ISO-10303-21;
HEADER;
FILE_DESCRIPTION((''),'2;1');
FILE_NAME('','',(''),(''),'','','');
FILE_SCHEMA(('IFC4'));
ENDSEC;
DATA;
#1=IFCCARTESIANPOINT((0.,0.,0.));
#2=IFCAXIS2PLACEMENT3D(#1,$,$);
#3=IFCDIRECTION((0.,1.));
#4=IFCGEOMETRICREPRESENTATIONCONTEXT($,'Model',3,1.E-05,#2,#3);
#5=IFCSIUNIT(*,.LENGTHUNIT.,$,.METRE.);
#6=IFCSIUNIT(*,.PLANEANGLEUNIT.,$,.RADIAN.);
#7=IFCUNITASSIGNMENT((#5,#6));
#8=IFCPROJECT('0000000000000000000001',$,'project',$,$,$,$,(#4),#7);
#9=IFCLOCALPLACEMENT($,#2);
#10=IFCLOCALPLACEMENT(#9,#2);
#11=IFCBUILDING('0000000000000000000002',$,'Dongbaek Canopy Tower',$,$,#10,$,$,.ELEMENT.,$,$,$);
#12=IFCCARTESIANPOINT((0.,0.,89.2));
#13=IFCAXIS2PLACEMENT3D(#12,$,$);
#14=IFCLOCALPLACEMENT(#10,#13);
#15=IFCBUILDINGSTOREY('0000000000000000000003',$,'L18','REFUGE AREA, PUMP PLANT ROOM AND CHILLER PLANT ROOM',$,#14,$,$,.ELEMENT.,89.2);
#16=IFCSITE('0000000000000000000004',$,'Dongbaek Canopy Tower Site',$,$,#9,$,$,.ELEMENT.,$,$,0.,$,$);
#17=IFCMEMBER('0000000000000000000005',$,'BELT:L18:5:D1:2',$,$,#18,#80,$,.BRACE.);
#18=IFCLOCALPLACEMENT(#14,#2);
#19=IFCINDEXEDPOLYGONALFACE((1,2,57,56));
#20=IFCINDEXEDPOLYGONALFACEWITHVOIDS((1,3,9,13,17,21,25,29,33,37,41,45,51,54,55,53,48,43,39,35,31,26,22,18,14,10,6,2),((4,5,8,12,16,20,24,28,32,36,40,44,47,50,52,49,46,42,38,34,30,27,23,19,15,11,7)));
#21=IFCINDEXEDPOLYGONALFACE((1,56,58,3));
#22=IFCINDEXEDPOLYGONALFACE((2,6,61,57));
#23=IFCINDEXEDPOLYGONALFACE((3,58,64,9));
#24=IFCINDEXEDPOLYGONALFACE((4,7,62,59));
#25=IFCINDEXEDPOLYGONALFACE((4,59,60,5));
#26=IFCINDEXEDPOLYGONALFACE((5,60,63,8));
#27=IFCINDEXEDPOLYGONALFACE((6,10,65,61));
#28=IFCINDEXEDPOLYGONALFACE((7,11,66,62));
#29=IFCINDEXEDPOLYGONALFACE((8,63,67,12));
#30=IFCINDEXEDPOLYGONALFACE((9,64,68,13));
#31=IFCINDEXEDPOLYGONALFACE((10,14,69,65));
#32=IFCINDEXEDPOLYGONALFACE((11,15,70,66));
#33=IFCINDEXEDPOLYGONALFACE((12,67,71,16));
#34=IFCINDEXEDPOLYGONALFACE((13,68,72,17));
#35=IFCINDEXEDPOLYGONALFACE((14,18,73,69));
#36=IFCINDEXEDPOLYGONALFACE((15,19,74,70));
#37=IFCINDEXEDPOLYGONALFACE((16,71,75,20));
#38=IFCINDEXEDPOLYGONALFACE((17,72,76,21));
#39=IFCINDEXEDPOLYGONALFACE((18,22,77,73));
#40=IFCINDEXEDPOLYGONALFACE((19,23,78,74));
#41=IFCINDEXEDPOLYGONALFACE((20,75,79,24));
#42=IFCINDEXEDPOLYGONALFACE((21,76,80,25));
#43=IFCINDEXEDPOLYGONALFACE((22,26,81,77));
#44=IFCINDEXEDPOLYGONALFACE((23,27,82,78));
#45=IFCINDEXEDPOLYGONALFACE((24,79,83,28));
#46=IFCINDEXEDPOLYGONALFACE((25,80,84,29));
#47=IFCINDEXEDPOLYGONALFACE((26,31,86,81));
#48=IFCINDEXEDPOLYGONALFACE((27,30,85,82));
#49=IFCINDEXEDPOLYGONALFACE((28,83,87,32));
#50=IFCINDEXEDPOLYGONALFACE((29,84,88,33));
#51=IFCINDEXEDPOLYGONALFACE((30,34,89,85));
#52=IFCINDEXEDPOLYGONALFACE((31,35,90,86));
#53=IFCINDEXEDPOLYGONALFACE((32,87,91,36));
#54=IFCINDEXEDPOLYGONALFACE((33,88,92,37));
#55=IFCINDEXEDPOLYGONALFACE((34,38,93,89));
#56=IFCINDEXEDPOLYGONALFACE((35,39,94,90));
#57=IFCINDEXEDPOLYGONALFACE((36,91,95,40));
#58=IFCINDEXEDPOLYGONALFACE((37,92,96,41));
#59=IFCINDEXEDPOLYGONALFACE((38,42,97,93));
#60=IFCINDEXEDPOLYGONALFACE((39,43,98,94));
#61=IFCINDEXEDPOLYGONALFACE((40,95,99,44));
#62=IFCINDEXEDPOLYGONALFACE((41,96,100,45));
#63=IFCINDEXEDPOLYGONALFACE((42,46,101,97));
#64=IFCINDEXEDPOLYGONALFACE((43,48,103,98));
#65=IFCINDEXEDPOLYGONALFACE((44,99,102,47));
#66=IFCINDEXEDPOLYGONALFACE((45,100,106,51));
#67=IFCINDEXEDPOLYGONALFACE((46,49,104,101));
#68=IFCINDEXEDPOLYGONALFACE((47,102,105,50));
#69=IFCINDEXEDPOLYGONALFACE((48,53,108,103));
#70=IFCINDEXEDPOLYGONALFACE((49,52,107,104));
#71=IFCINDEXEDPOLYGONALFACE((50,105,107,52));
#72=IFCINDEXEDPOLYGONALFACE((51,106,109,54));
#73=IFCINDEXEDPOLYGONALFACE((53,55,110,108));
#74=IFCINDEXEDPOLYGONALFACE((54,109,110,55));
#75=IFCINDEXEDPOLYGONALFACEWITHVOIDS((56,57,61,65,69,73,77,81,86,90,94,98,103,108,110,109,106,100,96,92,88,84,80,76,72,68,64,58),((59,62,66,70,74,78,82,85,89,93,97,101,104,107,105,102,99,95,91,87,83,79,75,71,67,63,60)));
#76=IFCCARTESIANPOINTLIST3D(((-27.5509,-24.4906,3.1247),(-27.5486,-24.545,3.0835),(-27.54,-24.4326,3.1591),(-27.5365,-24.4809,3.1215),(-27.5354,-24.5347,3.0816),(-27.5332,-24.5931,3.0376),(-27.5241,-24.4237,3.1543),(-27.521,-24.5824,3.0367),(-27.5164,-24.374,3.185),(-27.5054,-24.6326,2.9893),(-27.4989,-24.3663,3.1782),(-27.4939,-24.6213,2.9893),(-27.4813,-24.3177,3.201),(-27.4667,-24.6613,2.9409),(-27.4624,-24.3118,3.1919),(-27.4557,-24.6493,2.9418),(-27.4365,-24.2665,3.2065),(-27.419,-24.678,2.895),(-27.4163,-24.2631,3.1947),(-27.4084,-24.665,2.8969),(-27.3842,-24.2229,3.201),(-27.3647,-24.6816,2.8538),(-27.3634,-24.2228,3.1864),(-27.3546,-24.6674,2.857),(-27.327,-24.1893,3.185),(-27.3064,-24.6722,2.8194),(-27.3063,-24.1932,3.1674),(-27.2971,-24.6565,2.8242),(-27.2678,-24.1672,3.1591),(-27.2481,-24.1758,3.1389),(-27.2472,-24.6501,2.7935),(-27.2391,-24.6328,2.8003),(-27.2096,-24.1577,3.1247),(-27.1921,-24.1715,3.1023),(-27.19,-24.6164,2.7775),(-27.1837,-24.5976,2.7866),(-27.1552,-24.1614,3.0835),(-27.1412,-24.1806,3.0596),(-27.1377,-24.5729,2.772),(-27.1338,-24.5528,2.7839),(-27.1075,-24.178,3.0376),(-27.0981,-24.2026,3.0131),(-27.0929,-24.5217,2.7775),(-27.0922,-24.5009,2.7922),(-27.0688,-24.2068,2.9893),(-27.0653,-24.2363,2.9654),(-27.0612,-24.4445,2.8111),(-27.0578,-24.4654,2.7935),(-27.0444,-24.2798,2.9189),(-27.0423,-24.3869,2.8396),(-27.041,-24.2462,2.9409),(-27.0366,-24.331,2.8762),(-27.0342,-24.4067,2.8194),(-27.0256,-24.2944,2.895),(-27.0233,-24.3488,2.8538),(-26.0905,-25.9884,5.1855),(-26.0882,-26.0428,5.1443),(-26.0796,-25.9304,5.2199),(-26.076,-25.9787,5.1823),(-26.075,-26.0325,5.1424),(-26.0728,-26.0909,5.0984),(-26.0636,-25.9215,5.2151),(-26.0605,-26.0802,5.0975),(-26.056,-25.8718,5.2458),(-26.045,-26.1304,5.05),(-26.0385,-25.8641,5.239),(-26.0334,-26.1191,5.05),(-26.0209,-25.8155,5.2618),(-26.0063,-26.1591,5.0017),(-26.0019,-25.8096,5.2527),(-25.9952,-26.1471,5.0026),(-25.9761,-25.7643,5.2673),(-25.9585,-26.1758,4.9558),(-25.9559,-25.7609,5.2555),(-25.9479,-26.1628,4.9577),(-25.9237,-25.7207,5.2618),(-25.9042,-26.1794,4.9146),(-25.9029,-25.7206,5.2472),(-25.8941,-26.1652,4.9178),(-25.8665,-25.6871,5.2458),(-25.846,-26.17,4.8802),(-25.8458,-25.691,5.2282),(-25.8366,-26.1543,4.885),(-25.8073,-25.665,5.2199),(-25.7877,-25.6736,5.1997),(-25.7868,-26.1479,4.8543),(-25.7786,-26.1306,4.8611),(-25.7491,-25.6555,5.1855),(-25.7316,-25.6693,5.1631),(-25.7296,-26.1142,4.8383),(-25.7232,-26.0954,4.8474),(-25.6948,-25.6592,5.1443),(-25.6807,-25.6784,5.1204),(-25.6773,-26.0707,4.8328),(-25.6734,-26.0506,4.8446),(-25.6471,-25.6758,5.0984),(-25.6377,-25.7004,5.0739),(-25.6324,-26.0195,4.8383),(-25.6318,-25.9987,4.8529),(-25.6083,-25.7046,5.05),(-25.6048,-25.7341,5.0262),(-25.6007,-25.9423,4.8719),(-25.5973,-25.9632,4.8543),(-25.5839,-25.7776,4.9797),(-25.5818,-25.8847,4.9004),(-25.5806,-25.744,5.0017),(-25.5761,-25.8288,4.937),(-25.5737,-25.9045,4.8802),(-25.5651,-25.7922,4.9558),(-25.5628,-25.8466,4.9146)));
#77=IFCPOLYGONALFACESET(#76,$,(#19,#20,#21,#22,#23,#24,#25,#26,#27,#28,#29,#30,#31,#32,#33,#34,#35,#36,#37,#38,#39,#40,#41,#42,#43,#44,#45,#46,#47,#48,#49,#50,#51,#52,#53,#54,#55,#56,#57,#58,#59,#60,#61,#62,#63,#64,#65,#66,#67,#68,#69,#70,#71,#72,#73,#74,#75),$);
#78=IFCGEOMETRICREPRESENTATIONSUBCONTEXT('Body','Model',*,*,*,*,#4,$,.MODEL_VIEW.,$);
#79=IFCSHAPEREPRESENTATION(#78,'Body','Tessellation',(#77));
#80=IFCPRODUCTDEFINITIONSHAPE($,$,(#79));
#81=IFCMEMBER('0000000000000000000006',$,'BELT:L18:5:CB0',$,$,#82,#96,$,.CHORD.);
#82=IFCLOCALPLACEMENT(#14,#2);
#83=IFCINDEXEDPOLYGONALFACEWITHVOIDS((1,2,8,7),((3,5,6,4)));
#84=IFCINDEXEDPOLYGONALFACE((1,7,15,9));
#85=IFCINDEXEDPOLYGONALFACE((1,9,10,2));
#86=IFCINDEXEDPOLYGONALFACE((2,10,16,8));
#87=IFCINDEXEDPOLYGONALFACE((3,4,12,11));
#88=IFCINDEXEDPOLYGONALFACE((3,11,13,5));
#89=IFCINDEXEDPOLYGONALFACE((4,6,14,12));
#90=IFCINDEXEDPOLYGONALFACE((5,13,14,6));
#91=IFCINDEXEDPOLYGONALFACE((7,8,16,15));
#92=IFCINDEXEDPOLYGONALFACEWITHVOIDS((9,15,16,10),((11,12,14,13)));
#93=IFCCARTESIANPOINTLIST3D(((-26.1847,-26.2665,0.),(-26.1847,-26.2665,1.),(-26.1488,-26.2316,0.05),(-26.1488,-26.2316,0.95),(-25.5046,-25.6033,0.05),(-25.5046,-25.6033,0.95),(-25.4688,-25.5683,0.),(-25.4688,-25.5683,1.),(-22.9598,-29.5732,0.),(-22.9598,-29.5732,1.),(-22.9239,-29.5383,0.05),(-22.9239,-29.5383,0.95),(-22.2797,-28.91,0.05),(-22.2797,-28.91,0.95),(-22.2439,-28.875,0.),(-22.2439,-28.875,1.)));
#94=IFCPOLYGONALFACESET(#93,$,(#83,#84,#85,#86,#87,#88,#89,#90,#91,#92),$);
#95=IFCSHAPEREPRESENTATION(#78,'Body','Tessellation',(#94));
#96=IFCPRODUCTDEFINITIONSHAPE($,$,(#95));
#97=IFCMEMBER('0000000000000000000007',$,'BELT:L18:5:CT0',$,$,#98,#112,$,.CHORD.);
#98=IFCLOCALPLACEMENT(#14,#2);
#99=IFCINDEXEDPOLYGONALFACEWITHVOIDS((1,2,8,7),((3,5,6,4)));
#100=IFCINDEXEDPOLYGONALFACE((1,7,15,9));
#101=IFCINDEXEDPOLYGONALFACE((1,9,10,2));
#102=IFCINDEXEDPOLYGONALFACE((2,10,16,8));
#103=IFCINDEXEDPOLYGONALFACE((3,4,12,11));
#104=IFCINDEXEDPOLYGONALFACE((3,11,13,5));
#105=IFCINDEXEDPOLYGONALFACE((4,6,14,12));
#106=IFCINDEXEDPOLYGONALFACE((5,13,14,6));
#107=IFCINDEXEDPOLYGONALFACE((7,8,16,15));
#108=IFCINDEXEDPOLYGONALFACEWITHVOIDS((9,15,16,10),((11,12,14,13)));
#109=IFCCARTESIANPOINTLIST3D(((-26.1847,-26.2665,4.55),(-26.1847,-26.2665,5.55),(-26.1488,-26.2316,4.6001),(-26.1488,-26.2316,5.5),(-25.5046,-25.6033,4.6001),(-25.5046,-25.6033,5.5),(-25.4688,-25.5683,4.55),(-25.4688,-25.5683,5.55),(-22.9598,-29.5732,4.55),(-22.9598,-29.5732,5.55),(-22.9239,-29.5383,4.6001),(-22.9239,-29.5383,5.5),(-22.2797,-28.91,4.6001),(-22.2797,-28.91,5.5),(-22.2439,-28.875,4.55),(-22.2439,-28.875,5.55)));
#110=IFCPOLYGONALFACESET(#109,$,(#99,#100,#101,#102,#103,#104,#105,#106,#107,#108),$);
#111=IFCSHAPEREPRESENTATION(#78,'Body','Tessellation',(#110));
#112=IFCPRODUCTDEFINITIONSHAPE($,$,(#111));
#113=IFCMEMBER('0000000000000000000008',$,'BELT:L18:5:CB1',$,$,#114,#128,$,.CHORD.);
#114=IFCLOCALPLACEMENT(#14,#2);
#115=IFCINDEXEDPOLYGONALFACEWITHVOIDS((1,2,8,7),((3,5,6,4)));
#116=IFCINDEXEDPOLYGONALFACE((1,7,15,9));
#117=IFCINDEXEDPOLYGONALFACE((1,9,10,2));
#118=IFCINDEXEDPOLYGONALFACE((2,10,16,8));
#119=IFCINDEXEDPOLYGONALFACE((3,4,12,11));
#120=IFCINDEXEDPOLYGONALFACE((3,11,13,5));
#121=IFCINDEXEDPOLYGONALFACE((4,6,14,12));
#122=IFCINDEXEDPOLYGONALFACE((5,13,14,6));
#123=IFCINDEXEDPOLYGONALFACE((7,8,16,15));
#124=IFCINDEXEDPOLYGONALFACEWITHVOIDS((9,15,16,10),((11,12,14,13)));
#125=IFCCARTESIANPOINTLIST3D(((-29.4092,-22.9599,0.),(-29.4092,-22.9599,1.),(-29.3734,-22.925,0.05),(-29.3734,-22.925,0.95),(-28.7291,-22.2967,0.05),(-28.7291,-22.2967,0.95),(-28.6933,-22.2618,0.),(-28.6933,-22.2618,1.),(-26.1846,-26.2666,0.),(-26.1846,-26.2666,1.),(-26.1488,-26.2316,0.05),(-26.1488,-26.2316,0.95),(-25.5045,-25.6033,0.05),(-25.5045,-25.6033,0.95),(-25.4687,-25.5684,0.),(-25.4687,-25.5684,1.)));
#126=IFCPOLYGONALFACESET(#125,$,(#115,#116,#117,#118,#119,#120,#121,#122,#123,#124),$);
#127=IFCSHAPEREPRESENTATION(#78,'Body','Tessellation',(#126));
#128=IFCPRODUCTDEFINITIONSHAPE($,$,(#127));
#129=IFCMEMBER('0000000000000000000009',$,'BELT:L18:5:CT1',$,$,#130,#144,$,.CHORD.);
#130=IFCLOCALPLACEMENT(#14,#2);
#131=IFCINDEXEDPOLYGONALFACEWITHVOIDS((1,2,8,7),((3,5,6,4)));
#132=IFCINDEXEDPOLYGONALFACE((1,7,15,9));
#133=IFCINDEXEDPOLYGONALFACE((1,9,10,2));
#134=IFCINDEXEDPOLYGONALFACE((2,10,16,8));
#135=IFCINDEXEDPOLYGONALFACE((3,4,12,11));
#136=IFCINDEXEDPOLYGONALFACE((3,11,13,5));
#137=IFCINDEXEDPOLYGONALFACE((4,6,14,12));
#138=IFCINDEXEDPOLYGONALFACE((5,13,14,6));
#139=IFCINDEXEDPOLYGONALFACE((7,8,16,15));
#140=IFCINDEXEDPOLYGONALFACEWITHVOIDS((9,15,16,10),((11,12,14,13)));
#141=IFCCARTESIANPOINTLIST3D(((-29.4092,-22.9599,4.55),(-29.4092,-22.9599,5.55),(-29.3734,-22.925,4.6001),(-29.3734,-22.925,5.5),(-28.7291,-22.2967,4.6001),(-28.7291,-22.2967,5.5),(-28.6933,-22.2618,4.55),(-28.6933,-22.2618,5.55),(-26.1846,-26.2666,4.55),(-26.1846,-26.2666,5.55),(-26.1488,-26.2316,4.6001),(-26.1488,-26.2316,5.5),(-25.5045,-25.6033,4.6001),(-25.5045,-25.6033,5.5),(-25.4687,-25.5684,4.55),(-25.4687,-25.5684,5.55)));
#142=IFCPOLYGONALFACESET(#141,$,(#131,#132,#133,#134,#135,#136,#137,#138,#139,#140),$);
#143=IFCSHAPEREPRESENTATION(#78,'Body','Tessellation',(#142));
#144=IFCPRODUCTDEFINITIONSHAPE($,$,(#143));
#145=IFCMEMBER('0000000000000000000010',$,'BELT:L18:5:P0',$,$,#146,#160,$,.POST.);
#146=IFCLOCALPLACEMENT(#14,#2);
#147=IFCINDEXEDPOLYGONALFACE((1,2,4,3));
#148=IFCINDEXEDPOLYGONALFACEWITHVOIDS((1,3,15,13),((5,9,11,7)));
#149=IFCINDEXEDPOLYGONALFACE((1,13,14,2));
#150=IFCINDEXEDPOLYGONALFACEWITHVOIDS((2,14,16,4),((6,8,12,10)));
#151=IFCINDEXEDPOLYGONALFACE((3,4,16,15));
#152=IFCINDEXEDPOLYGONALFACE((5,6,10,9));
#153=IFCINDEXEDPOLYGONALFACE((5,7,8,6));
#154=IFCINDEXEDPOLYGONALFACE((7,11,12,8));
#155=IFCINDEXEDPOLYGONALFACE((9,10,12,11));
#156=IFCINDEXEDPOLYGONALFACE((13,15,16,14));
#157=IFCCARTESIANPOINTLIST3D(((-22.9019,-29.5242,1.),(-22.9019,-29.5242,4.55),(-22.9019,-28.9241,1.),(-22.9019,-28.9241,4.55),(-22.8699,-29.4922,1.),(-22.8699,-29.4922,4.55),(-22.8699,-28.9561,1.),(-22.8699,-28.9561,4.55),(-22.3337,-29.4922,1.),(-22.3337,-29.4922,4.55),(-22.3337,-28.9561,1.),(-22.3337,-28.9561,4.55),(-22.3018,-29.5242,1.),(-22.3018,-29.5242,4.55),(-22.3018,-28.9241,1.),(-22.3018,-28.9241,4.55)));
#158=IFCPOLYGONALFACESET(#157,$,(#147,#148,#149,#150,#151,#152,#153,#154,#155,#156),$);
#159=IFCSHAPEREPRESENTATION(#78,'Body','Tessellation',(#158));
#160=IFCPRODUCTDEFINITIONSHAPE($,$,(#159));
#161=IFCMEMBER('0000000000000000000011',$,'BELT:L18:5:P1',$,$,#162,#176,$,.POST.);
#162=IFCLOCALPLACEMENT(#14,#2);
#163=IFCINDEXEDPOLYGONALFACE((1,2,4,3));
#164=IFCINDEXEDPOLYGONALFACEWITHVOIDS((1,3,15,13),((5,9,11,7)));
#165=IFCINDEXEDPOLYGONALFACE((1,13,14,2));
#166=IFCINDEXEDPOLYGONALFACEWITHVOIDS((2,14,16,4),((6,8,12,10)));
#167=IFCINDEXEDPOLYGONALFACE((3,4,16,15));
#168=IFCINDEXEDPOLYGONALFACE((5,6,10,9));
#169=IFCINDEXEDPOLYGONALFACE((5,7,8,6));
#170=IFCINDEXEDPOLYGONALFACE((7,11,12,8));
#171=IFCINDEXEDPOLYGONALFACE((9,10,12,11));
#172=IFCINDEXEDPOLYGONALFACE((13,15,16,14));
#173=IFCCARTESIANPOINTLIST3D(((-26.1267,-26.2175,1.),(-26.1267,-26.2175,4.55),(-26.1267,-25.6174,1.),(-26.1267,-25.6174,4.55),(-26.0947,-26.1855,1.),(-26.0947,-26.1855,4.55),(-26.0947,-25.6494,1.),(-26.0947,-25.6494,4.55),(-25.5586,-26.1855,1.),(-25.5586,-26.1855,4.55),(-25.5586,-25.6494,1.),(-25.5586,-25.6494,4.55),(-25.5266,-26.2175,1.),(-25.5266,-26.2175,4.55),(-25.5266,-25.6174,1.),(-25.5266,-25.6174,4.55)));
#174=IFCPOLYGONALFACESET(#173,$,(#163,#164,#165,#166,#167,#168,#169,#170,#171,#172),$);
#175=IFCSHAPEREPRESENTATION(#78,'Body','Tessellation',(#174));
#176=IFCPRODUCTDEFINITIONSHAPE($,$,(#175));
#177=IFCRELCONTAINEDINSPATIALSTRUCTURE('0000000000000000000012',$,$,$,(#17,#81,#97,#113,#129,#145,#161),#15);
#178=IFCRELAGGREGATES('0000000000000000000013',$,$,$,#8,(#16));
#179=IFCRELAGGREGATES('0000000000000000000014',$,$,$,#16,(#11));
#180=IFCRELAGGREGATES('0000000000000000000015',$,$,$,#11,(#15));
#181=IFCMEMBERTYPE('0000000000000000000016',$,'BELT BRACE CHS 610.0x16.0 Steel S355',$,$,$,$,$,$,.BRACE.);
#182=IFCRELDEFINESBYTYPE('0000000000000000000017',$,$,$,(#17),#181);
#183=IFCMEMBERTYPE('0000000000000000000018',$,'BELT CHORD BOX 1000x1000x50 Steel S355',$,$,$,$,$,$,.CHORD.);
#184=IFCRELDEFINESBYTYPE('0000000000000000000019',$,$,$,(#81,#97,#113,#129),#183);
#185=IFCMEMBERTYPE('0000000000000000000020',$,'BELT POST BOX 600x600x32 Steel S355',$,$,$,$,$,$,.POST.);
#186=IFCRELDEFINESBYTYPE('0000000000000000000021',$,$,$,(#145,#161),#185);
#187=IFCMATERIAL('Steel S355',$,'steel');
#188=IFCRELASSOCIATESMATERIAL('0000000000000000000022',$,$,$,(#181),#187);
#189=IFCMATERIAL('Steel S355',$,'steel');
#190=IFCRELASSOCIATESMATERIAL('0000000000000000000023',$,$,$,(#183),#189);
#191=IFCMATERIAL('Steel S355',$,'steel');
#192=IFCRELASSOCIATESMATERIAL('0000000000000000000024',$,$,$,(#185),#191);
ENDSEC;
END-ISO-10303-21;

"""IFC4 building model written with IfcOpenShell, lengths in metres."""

from ifc_helpers import new_model, si_unit, direction, frame, origin, origin_2d, place, context, subcontext, project, spatial, hollow_rectangle, hollow_circle, extrude, material, material_profile, profile_set, type_object, element, save


model = new_model("IFC4")

# Units and contexts
model_context = context("Model", 3, precision=1e-05, world=origin(), true_north=direction((0.0, 1.0)))
body_context = subcontext(model_context, "Body", "Model", "MODEL_VIEW")
ifc_project = project(units=[si_unit("LENGTHUNIT", "METRE"), si_unit("PLANEANGLEUNIT", "RADIAN")], contexts=[model_context])

# Site, building, storey
site_placement = place(None, origin())
site = spatial("IfcSite", under=ifc_project, at=site_placement, Name="Dongbaek Canopy Tower Site", CompositionType="ELEMENT", RefElevation=0.0)
building_placement = place(site_placement, origin())
building = spatial("IfcBuilding", under=site, at=building_placement, Name="Dongbaek Canopy Tower", CompositionType="ELEMENT")
storey_placement = place(building_placement, frame((0.0, 0.0, 89.2)))
storey = spatial("IfcBuildingStorey", under=building, at=storey_placement, Name="L18", Description="REFUGE AREA, PUMP PLANT ROOM AND CHILLER PLANT ROOM", CompositionType="ELEMENT", Elevation=89.2)

# Members
ifc_material_1 = material(Name="Steel S355", Category="steel")
ifc_material_profile_1 = material_profile(ifc_material_1, hollow_circle(Radius=0.3049, WallThickness=0.0161, at=origin_2d()), Name="BELT BRACE CHS 610.0x16.0 Steel S355")
ifc_profile_set_1 = profile_set([ifc_material_profile_1], Name="Steel S355")
member_type_1 = type_object("IfcMemberType", Name="BELT BRACE CHS 610.0x16.0 Steel S355", PredefinedType="BRACE", material=ifc_profile_set_1)
member_1_placement = place(storey_placement, frame((-25.8267, -25.9175, 5.05), z_axis=(-0.497339, 0.510059, -0.701779), x_axis=(-0.715978, -0.698123, 0.0)))
element("IfcMember", 1, at=member_1_placement, inside=storey, type_object=member_type_1, Name="BELT:L18:5:D1:2", PredefinedType="BRACE", context=body_context, shape_type="SweptSolid", body=[
    extrude(hollow_circle(Radius=0.3049, WallThickness=0.0161, at=origin_2d()), origin(), (0.0, 0.0, 1.0), 2.9365),
])
ifc_material_2 = material(Name="Steel S355", Category="steel")
ifc_material_profile_2 = material_profile(ifc_material_2, hollow_rectangle(XDim=1.0, YDim=1.0, WallThickness=0.05, at=origin_2d()), Name="BELT CHORD BOX 1000x1000x50 Steel S355")
ifc_profile_set_2 = profile_set([ifc_material_profile_2], Name="Steel S355")
member_type_2 = type_object("IfcMemberType", Name="BELT CHORD BOX 1000x1000x50 Steel S355", PredefinedType="CHORD", material=ifc_profile_set_2)
for number, where, z_axis, x_axis, name in (
    (2, (-22.6018, -29.2241, 0.5), (-0.698198, 0.715905, 0.0), (-0.715905, -0.698198, 0.0), "BELT:L18:5:CB0"),
    (3, (-22.6018, -29.2241, 5.05), (-0.698198, 0.715905, 0.0), (-0.715905, -0.698198, 0.0), "BELT:L18:5:CT0"),
):
    element("IfcMember", number, at=place(storey_placement, frame(where, z_axis=z_axis, x_axis=x_axis)), inside=storey, type_object=member_type_2, Name=name, PredefinedType="CHORD", context=body_context, shape_type="SweptSolid", body=[
        extrude(hollow_rectangle(XDim=1.0, YDim=1.0, WallThickness=0.05, at=origin_2d()), origin(), (0.0, 0.0, 1.0), 4.6189),
    ])
for number, where, z_axis, x_axis, name in (
    (4, (-25.8267, -25.9175, 0.5), (-0.698171, 0.715931, 0.0), (-0.715931, -0.698171, 0.0), "BELT:L18:5:CB1"),
    (5, (-25.8267, -25.9175, 5.05), (-0.698171, 0.715931, 0.0), (-0.715931, -0.698171, 0.0), "BELT:L18:5:CT1"),
):
    element("IfcMember", number, at=place(storey_placement, frame(where, z_axis=z_axis, x_axis=x_axis)), inside=storey, type_object=member_type_2, Name=name, PredefinedType="CHORD", context=body_context, shape_type="SweptSolid", body=[
        extrude(hollow_rectangle(XDim=1.0, YDim=1.0, WallThickness=0.05, at=origin_2d()), origin(), (0.0, 0.0, 1.0), 4.6187),
    ])
ifc_material_3 = material(Name="Steel S355", Category="steel")
ifc_material_profile_3 = material_profile(ifc_material_3, hollow_rectangle(XDim=0.6001, YDim=0.6001, WallThickness=0.032, at=origin_2d()), Name="BELT POST BOX 600x600x32 Steel S355")
ifc_profile_set_3 = profile_set([ifc_material_profile_3], Name="Steel S355")
member_type_3 = type_object("IfcMemberType", Name="BELT POST BOX 600x600x32 Steel S355", PredefinedType="POST", material=ifc_profile_set_3)
for number, where, z_axis, x_axis, name in (
    (6, (-22.6018, -29.2241, 1.0), (0.0, 0.0, 1.0), (1.0, 0.0, 0.0), "BELT:L18:5:P0"),
    (7, (-25.8267, -25.9175, 1.0), (0.0, 0.0, 1.0), (1.0, 0.0, 0.0), "BELT:L18:5:P1"),
):
    element("IfcMember", number, at=place(storey_placement, frame(where, z_axis=z_axis, x_axis=x_axis)), inside=storey, type_object=member_type_3, Name=name, PredefinedType="POST", context=body_context, shape_type="SweptSolid", body=[
        extrude(hollow_rectangle(XDim=0.6001, YDim=0.6001, WallThickness=0.032, at=origin_2d()), origin(), (0.0, 0.0, 1.0), 3.55),
    ])

save(model, "model.ifc")
